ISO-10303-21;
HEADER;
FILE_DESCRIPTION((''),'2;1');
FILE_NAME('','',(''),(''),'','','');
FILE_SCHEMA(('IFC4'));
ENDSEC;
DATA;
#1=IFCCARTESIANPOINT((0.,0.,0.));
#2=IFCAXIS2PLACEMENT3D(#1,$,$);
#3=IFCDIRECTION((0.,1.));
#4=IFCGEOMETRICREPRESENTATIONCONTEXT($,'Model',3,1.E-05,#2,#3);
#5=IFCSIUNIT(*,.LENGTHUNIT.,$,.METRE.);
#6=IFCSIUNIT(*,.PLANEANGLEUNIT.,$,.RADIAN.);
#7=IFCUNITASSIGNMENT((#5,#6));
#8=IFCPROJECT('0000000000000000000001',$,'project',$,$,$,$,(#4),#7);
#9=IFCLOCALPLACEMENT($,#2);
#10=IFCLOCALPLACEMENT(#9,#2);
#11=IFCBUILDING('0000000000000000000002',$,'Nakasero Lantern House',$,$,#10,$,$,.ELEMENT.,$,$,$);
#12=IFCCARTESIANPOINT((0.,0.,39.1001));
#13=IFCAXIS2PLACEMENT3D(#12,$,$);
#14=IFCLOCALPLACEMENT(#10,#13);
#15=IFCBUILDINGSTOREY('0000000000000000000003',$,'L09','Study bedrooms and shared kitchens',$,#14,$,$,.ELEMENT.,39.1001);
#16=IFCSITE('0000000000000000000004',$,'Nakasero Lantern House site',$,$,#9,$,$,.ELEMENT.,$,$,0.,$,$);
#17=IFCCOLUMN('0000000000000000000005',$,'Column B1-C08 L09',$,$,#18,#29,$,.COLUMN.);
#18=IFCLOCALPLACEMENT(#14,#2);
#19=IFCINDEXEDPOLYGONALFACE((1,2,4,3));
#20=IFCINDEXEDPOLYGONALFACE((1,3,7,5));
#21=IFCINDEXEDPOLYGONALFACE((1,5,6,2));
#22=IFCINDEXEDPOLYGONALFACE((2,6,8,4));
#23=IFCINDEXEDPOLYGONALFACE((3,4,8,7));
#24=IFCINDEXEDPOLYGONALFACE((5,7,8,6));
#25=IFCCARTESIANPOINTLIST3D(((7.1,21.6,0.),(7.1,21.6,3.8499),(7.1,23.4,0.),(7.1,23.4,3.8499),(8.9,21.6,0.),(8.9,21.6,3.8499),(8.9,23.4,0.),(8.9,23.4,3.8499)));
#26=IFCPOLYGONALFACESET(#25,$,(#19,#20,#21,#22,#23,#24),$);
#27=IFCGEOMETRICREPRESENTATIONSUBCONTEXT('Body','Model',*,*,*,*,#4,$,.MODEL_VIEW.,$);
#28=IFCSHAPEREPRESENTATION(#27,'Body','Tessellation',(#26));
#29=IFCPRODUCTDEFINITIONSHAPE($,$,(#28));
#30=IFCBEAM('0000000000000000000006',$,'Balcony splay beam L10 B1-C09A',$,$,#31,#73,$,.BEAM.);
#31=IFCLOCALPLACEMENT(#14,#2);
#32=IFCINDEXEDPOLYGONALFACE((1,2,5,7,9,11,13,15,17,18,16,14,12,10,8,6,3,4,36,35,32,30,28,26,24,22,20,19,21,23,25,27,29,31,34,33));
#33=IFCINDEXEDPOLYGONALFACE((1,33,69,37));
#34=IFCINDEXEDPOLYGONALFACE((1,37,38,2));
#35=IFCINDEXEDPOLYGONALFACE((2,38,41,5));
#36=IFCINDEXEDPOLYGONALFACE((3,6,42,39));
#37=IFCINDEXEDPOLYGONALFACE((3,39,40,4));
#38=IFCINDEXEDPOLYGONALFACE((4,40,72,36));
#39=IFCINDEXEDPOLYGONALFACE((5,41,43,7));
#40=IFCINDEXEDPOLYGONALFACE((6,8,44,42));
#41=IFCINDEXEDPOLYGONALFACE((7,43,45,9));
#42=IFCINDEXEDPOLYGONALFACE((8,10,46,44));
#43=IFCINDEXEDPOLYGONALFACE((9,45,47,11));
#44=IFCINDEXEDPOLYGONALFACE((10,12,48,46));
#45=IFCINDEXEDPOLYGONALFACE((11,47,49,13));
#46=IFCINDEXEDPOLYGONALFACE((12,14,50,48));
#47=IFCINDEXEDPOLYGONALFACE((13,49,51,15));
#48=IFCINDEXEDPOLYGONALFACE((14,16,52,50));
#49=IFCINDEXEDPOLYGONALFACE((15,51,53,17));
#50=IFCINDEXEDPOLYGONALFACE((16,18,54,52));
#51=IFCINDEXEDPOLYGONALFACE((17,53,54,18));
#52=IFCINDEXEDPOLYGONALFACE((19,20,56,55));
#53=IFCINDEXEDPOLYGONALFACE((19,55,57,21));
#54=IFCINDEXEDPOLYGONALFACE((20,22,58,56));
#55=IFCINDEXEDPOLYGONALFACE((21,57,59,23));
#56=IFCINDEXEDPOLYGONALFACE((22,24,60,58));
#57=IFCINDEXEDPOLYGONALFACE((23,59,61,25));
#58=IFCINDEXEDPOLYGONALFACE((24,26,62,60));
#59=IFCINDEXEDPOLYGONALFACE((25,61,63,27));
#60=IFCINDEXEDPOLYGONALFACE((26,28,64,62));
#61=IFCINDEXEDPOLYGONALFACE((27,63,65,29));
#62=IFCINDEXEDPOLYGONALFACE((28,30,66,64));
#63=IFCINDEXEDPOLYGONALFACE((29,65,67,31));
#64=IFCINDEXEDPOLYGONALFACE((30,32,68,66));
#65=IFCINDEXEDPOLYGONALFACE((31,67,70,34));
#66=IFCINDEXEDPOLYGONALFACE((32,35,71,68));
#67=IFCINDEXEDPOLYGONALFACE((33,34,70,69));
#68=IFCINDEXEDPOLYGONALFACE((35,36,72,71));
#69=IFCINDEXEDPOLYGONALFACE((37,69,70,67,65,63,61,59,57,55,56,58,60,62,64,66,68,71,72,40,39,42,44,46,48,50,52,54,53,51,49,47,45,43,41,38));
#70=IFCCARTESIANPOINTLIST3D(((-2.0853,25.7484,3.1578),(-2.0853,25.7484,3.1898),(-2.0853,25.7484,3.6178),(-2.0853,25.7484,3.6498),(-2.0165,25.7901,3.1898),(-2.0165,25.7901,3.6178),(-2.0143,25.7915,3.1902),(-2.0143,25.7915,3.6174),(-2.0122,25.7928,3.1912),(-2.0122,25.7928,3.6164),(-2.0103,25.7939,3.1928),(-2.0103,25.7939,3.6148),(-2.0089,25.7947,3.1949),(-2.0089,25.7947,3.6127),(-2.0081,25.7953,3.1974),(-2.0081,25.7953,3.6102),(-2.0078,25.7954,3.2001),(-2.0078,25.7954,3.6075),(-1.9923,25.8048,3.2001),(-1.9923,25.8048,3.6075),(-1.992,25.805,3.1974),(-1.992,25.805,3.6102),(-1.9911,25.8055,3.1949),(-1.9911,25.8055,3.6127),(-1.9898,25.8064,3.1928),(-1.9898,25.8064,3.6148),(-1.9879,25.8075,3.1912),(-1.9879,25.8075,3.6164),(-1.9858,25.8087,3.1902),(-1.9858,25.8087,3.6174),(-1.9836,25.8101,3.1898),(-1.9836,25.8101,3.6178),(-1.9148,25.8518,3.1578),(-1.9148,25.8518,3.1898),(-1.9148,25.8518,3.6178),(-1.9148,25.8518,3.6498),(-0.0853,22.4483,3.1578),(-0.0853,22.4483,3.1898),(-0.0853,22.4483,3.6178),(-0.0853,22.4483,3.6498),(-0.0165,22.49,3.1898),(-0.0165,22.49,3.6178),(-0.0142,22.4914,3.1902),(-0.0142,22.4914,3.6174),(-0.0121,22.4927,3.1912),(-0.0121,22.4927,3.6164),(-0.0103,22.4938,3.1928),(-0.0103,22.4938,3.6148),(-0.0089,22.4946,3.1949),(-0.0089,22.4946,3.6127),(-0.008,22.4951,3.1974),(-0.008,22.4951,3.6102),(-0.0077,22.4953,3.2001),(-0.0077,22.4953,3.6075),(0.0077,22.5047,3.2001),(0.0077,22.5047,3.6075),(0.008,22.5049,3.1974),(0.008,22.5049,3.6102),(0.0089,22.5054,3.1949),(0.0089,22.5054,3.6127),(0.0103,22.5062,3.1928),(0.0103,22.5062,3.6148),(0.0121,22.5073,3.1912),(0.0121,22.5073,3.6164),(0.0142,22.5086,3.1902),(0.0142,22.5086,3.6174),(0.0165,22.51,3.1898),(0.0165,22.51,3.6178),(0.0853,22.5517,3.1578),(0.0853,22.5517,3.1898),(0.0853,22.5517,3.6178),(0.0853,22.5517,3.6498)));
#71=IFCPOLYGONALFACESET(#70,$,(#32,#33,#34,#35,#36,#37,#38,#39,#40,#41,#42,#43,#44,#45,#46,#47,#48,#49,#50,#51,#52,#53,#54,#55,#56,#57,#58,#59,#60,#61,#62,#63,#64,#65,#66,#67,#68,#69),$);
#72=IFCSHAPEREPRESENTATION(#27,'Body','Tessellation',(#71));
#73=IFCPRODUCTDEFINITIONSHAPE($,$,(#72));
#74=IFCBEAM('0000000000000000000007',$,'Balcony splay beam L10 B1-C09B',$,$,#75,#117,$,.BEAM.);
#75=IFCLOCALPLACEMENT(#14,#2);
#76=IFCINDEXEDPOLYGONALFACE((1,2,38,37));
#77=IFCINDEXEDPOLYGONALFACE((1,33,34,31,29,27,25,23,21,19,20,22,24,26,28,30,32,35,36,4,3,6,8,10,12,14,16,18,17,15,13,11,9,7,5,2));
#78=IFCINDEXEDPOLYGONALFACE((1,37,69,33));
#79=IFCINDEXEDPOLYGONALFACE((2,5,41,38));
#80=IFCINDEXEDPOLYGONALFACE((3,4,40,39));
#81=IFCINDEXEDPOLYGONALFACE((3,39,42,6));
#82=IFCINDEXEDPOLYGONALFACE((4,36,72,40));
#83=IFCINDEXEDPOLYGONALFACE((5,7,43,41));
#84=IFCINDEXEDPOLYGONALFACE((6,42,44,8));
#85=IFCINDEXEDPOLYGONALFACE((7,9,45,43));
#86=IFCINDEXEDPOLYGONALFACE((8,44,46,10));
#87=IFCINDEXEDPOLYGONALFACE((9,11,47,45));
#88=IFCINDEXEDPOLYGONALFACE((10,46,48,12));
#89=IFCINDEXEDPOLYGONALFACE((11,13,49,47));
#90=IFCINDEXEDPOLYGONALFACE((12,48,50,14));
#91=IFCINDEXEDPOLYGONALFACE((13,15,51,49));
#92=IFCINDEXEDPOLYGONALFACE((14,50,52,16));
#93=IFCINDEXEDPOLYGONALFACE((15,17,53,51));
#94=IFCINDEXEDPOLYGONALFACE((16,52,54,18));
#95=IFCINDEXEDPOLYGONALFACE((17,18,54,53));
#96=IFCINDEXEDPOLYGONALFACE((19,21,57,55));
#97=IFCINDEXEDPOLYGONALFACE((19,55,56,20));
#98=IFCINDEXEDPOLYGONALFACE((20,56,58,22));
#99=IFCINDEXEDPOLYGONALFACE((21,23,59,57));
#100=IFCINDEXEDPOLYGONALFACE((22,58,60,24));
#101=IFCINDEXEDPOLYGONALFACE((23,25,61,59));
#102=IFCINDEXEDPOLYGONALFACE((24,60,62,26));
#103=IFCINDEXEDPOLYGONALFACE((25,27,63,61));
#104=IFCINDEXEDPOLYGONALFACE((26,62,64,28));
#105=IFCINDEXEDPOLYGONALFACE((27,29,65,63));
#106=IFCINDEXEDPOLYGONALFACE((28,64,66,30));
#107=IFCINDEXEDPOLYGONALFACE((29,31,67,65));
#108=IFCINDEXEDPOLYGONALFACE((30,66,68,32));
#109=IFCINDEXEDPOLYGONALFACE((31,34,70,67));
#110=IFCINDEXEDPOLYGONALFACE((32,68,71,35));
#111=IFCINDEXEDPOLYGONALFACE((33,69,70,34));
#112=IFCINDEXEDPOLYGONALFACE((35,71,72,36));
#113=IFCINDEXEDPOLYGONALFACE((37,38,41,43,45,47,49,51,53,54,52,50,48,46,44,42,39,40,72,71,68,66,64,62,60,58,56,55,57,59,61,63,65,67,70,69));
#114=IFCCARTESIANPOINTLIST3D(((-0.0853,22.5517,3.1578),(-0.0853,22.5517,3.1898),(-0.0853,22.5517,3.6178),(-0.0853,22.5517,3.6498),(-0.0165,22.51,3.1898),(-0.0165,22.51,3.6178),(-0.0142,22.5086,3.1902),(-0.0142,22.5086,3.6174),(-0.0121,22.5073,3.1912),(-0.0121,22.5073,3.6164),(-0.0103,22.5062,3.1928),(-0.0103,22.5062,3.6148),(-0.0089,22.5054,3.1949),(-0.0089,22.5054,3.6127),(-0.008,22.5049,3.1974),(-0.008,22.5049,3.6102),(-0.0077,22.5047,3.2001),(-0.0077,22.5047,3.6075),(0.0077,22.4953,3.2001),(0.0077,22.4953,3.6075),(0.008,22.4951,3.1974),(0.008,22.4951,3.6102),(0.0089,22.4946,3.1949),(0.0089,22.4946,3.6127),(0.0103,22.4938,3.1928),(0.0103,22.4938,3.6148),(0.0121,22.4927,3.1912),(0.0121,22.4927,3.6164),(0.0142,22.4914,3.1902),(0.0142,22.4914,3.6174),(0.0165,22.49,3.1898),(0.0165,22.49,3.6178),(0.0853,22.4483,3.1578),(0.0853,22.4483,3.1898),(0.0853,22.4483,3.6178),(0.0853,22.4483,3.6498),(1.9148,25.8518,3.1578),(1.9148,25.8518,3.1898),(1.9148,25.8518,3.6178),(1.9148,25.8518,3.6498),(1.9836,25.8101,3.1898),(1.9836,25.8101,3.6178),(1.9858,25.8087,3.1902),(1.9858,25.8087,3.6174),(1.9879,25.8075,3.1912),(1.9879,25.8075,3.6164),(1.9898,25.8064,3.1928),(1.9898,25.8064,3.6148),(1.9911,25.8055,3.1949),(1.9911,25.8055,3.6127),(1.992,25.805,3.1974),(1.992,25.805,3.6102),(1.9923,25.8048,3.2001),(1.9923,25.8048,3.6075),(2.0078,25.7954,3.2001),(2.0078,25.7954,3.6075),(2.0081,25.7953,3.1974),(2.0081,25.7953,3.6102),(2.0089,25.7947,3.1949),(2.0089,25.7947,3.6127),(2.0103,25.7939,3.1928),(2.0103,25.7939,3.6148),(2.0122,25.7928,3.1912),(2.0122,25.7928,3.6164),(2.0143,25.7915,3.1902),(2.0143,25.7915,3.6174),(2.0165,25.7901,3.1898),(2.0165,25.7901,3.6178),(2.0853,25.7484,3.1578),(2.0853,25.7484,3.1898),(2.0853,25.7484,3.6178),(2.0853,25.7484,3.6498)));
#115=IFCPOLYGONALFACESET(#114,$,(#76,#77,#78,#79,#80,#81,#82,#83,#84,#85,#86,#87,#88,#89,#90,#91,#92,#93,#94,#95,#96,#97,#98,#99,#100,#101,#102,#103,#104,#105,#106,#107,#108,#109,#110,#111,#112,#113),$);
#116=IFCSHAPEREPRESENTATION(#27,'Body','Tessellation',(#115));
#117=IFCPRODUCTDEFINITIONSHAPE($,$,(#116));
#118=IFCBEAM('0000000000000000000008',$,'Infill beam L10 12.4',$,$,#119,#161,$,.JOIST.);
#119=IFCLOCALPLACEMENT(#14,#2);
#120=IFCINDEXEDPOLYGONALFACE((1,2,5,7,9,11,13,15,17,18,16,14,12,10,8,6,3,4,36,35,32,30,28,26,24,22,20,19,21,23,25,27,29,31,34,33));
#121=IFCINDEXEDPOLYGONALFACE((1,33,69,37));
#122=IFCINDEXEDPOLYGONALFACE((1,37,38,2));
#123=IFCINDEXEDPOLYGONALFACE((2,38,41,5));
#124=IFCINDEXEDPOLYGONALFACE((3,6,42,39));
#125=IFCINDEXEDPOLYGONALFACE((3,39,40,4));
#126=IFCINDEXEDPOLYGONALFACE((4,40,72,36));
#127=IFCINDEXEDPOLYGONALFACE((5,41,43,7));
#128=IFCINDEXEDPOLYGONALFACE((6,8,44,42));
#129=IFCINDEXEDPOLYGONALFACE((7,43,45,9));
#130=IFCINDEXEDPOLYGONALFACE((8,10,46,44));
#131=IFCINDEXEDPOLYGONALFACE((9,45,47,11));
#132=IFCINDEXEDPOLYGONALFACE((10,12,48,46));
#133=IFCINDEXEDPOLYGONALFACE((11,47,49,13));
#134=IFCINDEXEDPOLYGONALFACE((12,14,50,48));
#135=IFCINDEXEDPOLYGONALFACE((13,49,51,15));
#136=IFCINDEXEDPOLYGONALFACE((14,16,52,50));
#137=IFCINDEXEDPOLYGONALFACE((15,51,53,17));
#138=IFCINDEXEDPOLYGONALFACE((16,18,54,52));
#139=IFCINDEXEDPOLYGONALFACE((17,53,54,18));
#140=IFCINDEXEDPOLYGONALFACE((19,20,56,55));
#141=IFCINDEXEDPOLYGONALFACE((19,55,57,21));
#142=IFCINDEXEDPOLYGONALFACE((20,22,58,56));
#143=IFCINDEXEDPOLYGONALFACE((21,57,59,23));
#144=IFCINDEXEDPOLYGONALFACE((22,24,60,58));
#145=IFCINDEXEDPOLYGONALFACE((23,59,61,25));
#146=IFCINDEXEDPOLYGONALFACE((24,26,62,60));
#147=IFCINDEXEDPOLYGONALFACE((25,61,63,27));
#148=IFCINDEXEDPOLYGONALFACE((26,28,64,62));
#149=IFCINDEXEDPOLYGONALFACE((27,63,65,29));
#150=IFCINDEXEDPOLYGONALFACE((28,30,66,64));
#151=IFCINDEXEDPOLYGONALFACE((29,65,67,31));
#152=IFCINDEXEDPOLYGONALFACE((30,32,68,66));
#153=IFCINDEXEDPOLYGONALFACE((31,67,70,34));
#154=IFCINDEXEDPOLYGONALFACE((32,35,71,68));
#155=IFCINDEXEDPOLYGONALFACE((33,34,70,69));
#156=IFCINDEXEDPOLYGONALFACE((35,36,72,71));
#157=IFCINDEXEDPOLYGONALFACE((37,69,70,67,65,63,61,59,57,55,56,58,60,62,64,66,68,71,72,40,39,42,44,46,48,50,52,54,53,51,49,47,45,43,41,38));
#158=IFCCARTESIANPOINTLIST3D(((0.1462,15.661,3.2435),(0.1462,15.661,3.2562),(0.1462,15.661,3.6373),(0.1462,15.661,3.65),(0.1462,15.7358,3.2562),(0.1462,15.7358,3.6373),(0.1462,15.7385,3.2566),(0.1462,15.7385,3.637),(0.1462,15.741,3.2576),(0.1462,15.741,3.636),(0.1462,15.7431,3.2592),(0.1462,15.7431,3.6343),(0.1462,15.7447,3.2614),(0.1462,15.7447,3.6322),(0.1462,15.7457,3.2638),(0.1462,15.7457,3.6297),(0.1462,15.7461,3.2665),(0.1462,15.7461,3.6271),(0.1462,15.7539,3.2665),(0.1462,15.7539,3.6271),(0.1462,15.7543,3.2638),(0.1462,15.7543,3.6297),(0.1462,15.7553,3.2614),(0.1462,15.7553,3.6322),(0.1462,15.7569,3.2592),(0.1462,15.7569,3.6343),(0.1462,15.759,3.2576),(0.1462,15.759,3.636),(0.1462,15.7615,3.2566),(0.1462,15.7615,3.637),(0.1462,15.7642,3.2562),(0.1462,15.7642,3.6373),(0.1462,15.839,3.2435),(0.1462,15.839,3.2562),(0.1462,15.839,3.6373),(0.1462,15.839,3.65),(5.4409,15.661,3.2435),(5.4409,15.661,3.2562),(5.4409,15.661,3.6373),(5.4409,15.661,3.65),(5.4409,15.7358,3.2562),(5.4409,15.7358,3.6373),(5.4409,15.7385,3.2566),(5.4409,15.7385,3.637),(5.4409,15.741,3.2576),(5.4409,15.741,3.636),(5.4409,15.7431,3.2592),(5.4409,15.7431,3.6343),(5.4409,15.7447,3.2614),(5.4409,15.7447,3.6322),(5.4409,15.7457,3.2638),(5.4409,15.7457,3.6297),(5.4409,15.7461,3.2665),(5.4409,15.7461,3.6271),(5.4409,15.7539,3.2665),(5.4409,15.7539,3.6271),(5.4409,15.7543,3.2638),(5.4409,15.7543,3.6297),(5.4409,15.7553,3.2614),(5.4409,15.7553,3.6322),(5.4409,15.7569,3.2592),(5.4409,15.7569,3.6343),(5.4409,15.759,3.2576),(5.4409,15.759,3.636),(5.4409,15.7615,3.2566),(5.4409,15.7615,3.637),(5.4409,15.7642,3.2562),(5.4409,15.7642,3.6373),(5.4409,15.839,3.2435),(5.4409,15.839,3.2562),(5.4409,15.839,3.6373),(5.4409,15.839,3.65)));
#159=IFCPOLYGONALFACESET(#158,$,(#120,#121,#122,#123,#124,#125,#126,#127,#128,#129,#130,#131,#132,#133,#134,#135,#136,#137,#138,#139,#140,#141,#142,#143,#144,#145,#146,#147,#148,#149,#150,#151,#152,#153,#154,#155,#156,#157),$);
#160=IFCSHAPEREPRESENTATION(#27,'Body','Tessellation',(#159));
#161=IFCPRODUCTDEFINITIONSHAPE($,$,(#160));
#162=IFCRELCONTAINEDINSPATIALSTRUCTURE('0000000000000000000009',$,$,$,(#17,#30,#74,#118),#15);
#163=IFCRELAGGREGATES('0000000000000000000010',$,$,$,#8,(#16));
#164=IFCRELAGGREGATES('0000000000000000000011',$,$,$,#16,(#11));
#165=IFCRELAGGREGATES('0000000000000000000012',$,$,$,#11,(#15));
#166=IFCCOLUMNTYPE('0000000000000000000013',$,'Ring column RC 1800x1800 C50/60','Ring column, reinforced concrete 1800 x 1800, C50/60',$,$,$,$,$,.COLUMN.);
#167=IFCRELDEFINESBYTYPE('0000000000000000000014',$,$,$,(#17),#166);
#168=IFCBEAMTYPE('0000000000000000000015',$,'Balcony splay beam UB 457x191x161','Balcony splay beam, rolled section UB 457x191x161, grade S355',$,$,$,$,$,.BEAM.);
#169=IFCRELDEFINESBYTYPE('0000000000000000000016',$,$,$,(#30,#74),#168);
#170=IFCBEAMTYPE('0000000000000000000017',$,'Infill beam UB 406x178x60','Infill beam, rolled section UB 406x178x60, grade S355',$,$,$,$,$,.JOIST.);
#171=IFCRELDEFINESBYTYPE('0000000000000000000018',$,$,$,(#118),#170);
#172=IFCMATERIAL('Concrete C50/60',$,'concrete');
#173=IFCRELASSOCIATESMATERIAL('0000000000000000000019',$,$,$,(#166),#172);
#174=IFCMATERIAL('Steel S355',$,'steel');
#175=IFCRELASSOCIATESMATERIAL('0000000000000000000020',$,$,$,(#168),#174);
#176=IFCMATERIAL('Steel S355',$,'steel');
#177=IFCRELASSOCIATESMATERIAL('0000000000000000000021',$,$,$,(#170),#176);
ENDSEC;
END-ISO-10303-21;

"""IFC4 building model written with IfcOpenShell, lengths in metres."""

from ifc_helpers import new_model, si_unit, direction, frame, origin, origin_2d, place, context, subcontext, project, spatial, rectangle, i_section, extrude, material, material_profile, profile_set, type_object, element, save


model = new_model("IFC4")

# Units and contexts
model_context = context("Model", 3, precision=1e-05, world=origin(), true_north=direction((0.0, 1.0)))
body_context = subcontext(model_context, "Body", "Model", "MODEL_VIEW")
ifc_project = project(units=[si_unit("LENGTHUNIT", "METRE"), si_unit("PLANEANGLEUNIT", "RADIAN")], contexts=[model_context])

# Site, building, storey
site_placement = place(None, origin())
site = spatial("IfcSite", under=ifc_project, at=site_placement, Name="Nakasero Lantern House site", CompositionType="ELEMENT", RefElevation=0.0)
building_placement = place(site_placement, origin())
building = spatial("IfcBuilding", under=site, at=building_placement, Name="Nakasero Lantern House", CompositionType="ELEMENT")
storey_placement = place(building_placement, frame((0.0, 0.0, 39.1001)))
storey = spatial("IfcBuildingStorey", under=building, at=storey_placement, Name="L09", Description="Study bedrooms and shared kitchens", CompositionType="ELEMENT", Elevation=39.1001)

# Column
ifc_material_1 = material(Name="Concrete C50/60", Category="concrete")
ifc_material_profile_1 = material_profile(ifc_material_1, rectangle(XDim=1.8, YDim=1.8, at=origin_2d()), Name="RC 1800x1800")
ifc_profile_set_1 = profile_set([ifc_material_profile_1], Name="Concrete C50/60")
column_type = type_object("IfcColumnType", Name="Ring column RC 1800x1800 C50/60", Description="Ring column, reinforced concrete 1800 x 1800, C50/60", PredefinedType="COLUMN", material=ifc_profile_set_1)
column_placement = place(storey_placement, frame((8.0, 22.5, 0.0), z_axis=(0.0, 0.0, 1.0), x_axis=(1.0, 0.0, 0.0)))
element("IfcColumn", 1, at=column_placement, inside=storey, type_object=column_type, Name="Column B1-C08 L09", PredefinedType="COLUMN", context=body_context, shape_type="SweptSolid", body=[
    extrude(rectangle(XDim=1.8, YDim=1.8, at=origin_2d()), origin(), (0.0, 0.0, 1.0), 3.8499),
])

# Beams
ifc_material_2 = material(Name="Steel S355", Category="steel")
ifc_material_profile_2 = material_profile(ifc_material_2, i_section(OverallWidth=0.1995, OverallDepth=0.4919, WebThickness=0.0181, FlangeThickness=0.032, FilletRadius=0.0103, at=origin_2d()), Name="UB 457x191x161")
ifc_profile_set_2 = profile_set([ifc_material_profile_2], Name="Steel S355")
beam_type_1 = type_object("IfcBeamType", Name="Balcony splay beam UB 457x191x161", Description="Balcony splay beam, rolled section UB 457x191x161, grade S355", PredefinedType="BEAM", material=ifc_profile_set_2)
for number, where, z_axis, x_axis, name in (
    (2, (0.0, 22.5, 3.4038), (-0.518296, 0.855201, 0.0), (-0.855201, -0.518296, 0.0), "Balcony splay beam L10 B1-C09A"),
    (3, (0.0, 22.5, 3.4038), (0.518296, 0.855201, 0.0), (-0.855201, 0.518296, 0.0), "Balcony splay beam L10 B1-C09B"),
):
    element("IfcBeam", number, at=place(storey_placement, frame(where, z_axis=z_axis, x_axis=x_axis)), inside=storey, type_object=beam_type_1, Name=name, PredefinedType="BEAM", context=body_context, shape_type="SweptSolid", body=[
        extrude(i_section(OverallWidth=0.1995, OverallDepth=0.4919, WebThickness=0.0181, FlangeThickness=0.032, FilletRadius=0.0103, at=origin_2d()), origin(), (0.0, 0.0, 1.0), 3.8589),
    ])
ifc_material_3 = material(Name="Steel S355", Category="steel")
ifc_material_profile_3 = material_profile(ifc_material_3, i_section(OverallWidth=0.178, OverallDepth=0.4065, WebThickness=0.0078, FlangeThickness=0.0127, FilletRadius=0.0103, at=origin_2d()), Name="UB 406x178x60")
ifc_profile_set_3 = profile_set([ifc_material_profile_3], Name="Steel S355")
beam_type_2 = type_object("IfcBeamType", Name="Infill beam UB 406x178x60", Description="Infill beam, rolled section UB 406x178x60, grade S355", PredefinedType="JOIST", material=ifc_profile_set_3)
beam_1_placement = place(storey_placement, frame((0.1462, 15.75, 3.4468), z_axis=(1.0, 0.0, 0.0), x_axis=(0.0, 1.0, 0.0)))
element("IfcBeam", 4, at=beam_1_placement, inside=storey, type_object=beam_type_2, Name="Infill beam L10 12.4", PredefinedType="JOIST", context=body_context, shape_type="SweptSolid", body=[
    extrude(i_section(OverallWidth=0.178, OverallDepth=0.4065, WebThickness=0.0078, FlangeThickness=0.0127, FilletRadius=0.0103, at=origin_2d()), origin(), (0.0, 0.0, 1.0), 5.2947),
])

save(model, "model.ifc")
